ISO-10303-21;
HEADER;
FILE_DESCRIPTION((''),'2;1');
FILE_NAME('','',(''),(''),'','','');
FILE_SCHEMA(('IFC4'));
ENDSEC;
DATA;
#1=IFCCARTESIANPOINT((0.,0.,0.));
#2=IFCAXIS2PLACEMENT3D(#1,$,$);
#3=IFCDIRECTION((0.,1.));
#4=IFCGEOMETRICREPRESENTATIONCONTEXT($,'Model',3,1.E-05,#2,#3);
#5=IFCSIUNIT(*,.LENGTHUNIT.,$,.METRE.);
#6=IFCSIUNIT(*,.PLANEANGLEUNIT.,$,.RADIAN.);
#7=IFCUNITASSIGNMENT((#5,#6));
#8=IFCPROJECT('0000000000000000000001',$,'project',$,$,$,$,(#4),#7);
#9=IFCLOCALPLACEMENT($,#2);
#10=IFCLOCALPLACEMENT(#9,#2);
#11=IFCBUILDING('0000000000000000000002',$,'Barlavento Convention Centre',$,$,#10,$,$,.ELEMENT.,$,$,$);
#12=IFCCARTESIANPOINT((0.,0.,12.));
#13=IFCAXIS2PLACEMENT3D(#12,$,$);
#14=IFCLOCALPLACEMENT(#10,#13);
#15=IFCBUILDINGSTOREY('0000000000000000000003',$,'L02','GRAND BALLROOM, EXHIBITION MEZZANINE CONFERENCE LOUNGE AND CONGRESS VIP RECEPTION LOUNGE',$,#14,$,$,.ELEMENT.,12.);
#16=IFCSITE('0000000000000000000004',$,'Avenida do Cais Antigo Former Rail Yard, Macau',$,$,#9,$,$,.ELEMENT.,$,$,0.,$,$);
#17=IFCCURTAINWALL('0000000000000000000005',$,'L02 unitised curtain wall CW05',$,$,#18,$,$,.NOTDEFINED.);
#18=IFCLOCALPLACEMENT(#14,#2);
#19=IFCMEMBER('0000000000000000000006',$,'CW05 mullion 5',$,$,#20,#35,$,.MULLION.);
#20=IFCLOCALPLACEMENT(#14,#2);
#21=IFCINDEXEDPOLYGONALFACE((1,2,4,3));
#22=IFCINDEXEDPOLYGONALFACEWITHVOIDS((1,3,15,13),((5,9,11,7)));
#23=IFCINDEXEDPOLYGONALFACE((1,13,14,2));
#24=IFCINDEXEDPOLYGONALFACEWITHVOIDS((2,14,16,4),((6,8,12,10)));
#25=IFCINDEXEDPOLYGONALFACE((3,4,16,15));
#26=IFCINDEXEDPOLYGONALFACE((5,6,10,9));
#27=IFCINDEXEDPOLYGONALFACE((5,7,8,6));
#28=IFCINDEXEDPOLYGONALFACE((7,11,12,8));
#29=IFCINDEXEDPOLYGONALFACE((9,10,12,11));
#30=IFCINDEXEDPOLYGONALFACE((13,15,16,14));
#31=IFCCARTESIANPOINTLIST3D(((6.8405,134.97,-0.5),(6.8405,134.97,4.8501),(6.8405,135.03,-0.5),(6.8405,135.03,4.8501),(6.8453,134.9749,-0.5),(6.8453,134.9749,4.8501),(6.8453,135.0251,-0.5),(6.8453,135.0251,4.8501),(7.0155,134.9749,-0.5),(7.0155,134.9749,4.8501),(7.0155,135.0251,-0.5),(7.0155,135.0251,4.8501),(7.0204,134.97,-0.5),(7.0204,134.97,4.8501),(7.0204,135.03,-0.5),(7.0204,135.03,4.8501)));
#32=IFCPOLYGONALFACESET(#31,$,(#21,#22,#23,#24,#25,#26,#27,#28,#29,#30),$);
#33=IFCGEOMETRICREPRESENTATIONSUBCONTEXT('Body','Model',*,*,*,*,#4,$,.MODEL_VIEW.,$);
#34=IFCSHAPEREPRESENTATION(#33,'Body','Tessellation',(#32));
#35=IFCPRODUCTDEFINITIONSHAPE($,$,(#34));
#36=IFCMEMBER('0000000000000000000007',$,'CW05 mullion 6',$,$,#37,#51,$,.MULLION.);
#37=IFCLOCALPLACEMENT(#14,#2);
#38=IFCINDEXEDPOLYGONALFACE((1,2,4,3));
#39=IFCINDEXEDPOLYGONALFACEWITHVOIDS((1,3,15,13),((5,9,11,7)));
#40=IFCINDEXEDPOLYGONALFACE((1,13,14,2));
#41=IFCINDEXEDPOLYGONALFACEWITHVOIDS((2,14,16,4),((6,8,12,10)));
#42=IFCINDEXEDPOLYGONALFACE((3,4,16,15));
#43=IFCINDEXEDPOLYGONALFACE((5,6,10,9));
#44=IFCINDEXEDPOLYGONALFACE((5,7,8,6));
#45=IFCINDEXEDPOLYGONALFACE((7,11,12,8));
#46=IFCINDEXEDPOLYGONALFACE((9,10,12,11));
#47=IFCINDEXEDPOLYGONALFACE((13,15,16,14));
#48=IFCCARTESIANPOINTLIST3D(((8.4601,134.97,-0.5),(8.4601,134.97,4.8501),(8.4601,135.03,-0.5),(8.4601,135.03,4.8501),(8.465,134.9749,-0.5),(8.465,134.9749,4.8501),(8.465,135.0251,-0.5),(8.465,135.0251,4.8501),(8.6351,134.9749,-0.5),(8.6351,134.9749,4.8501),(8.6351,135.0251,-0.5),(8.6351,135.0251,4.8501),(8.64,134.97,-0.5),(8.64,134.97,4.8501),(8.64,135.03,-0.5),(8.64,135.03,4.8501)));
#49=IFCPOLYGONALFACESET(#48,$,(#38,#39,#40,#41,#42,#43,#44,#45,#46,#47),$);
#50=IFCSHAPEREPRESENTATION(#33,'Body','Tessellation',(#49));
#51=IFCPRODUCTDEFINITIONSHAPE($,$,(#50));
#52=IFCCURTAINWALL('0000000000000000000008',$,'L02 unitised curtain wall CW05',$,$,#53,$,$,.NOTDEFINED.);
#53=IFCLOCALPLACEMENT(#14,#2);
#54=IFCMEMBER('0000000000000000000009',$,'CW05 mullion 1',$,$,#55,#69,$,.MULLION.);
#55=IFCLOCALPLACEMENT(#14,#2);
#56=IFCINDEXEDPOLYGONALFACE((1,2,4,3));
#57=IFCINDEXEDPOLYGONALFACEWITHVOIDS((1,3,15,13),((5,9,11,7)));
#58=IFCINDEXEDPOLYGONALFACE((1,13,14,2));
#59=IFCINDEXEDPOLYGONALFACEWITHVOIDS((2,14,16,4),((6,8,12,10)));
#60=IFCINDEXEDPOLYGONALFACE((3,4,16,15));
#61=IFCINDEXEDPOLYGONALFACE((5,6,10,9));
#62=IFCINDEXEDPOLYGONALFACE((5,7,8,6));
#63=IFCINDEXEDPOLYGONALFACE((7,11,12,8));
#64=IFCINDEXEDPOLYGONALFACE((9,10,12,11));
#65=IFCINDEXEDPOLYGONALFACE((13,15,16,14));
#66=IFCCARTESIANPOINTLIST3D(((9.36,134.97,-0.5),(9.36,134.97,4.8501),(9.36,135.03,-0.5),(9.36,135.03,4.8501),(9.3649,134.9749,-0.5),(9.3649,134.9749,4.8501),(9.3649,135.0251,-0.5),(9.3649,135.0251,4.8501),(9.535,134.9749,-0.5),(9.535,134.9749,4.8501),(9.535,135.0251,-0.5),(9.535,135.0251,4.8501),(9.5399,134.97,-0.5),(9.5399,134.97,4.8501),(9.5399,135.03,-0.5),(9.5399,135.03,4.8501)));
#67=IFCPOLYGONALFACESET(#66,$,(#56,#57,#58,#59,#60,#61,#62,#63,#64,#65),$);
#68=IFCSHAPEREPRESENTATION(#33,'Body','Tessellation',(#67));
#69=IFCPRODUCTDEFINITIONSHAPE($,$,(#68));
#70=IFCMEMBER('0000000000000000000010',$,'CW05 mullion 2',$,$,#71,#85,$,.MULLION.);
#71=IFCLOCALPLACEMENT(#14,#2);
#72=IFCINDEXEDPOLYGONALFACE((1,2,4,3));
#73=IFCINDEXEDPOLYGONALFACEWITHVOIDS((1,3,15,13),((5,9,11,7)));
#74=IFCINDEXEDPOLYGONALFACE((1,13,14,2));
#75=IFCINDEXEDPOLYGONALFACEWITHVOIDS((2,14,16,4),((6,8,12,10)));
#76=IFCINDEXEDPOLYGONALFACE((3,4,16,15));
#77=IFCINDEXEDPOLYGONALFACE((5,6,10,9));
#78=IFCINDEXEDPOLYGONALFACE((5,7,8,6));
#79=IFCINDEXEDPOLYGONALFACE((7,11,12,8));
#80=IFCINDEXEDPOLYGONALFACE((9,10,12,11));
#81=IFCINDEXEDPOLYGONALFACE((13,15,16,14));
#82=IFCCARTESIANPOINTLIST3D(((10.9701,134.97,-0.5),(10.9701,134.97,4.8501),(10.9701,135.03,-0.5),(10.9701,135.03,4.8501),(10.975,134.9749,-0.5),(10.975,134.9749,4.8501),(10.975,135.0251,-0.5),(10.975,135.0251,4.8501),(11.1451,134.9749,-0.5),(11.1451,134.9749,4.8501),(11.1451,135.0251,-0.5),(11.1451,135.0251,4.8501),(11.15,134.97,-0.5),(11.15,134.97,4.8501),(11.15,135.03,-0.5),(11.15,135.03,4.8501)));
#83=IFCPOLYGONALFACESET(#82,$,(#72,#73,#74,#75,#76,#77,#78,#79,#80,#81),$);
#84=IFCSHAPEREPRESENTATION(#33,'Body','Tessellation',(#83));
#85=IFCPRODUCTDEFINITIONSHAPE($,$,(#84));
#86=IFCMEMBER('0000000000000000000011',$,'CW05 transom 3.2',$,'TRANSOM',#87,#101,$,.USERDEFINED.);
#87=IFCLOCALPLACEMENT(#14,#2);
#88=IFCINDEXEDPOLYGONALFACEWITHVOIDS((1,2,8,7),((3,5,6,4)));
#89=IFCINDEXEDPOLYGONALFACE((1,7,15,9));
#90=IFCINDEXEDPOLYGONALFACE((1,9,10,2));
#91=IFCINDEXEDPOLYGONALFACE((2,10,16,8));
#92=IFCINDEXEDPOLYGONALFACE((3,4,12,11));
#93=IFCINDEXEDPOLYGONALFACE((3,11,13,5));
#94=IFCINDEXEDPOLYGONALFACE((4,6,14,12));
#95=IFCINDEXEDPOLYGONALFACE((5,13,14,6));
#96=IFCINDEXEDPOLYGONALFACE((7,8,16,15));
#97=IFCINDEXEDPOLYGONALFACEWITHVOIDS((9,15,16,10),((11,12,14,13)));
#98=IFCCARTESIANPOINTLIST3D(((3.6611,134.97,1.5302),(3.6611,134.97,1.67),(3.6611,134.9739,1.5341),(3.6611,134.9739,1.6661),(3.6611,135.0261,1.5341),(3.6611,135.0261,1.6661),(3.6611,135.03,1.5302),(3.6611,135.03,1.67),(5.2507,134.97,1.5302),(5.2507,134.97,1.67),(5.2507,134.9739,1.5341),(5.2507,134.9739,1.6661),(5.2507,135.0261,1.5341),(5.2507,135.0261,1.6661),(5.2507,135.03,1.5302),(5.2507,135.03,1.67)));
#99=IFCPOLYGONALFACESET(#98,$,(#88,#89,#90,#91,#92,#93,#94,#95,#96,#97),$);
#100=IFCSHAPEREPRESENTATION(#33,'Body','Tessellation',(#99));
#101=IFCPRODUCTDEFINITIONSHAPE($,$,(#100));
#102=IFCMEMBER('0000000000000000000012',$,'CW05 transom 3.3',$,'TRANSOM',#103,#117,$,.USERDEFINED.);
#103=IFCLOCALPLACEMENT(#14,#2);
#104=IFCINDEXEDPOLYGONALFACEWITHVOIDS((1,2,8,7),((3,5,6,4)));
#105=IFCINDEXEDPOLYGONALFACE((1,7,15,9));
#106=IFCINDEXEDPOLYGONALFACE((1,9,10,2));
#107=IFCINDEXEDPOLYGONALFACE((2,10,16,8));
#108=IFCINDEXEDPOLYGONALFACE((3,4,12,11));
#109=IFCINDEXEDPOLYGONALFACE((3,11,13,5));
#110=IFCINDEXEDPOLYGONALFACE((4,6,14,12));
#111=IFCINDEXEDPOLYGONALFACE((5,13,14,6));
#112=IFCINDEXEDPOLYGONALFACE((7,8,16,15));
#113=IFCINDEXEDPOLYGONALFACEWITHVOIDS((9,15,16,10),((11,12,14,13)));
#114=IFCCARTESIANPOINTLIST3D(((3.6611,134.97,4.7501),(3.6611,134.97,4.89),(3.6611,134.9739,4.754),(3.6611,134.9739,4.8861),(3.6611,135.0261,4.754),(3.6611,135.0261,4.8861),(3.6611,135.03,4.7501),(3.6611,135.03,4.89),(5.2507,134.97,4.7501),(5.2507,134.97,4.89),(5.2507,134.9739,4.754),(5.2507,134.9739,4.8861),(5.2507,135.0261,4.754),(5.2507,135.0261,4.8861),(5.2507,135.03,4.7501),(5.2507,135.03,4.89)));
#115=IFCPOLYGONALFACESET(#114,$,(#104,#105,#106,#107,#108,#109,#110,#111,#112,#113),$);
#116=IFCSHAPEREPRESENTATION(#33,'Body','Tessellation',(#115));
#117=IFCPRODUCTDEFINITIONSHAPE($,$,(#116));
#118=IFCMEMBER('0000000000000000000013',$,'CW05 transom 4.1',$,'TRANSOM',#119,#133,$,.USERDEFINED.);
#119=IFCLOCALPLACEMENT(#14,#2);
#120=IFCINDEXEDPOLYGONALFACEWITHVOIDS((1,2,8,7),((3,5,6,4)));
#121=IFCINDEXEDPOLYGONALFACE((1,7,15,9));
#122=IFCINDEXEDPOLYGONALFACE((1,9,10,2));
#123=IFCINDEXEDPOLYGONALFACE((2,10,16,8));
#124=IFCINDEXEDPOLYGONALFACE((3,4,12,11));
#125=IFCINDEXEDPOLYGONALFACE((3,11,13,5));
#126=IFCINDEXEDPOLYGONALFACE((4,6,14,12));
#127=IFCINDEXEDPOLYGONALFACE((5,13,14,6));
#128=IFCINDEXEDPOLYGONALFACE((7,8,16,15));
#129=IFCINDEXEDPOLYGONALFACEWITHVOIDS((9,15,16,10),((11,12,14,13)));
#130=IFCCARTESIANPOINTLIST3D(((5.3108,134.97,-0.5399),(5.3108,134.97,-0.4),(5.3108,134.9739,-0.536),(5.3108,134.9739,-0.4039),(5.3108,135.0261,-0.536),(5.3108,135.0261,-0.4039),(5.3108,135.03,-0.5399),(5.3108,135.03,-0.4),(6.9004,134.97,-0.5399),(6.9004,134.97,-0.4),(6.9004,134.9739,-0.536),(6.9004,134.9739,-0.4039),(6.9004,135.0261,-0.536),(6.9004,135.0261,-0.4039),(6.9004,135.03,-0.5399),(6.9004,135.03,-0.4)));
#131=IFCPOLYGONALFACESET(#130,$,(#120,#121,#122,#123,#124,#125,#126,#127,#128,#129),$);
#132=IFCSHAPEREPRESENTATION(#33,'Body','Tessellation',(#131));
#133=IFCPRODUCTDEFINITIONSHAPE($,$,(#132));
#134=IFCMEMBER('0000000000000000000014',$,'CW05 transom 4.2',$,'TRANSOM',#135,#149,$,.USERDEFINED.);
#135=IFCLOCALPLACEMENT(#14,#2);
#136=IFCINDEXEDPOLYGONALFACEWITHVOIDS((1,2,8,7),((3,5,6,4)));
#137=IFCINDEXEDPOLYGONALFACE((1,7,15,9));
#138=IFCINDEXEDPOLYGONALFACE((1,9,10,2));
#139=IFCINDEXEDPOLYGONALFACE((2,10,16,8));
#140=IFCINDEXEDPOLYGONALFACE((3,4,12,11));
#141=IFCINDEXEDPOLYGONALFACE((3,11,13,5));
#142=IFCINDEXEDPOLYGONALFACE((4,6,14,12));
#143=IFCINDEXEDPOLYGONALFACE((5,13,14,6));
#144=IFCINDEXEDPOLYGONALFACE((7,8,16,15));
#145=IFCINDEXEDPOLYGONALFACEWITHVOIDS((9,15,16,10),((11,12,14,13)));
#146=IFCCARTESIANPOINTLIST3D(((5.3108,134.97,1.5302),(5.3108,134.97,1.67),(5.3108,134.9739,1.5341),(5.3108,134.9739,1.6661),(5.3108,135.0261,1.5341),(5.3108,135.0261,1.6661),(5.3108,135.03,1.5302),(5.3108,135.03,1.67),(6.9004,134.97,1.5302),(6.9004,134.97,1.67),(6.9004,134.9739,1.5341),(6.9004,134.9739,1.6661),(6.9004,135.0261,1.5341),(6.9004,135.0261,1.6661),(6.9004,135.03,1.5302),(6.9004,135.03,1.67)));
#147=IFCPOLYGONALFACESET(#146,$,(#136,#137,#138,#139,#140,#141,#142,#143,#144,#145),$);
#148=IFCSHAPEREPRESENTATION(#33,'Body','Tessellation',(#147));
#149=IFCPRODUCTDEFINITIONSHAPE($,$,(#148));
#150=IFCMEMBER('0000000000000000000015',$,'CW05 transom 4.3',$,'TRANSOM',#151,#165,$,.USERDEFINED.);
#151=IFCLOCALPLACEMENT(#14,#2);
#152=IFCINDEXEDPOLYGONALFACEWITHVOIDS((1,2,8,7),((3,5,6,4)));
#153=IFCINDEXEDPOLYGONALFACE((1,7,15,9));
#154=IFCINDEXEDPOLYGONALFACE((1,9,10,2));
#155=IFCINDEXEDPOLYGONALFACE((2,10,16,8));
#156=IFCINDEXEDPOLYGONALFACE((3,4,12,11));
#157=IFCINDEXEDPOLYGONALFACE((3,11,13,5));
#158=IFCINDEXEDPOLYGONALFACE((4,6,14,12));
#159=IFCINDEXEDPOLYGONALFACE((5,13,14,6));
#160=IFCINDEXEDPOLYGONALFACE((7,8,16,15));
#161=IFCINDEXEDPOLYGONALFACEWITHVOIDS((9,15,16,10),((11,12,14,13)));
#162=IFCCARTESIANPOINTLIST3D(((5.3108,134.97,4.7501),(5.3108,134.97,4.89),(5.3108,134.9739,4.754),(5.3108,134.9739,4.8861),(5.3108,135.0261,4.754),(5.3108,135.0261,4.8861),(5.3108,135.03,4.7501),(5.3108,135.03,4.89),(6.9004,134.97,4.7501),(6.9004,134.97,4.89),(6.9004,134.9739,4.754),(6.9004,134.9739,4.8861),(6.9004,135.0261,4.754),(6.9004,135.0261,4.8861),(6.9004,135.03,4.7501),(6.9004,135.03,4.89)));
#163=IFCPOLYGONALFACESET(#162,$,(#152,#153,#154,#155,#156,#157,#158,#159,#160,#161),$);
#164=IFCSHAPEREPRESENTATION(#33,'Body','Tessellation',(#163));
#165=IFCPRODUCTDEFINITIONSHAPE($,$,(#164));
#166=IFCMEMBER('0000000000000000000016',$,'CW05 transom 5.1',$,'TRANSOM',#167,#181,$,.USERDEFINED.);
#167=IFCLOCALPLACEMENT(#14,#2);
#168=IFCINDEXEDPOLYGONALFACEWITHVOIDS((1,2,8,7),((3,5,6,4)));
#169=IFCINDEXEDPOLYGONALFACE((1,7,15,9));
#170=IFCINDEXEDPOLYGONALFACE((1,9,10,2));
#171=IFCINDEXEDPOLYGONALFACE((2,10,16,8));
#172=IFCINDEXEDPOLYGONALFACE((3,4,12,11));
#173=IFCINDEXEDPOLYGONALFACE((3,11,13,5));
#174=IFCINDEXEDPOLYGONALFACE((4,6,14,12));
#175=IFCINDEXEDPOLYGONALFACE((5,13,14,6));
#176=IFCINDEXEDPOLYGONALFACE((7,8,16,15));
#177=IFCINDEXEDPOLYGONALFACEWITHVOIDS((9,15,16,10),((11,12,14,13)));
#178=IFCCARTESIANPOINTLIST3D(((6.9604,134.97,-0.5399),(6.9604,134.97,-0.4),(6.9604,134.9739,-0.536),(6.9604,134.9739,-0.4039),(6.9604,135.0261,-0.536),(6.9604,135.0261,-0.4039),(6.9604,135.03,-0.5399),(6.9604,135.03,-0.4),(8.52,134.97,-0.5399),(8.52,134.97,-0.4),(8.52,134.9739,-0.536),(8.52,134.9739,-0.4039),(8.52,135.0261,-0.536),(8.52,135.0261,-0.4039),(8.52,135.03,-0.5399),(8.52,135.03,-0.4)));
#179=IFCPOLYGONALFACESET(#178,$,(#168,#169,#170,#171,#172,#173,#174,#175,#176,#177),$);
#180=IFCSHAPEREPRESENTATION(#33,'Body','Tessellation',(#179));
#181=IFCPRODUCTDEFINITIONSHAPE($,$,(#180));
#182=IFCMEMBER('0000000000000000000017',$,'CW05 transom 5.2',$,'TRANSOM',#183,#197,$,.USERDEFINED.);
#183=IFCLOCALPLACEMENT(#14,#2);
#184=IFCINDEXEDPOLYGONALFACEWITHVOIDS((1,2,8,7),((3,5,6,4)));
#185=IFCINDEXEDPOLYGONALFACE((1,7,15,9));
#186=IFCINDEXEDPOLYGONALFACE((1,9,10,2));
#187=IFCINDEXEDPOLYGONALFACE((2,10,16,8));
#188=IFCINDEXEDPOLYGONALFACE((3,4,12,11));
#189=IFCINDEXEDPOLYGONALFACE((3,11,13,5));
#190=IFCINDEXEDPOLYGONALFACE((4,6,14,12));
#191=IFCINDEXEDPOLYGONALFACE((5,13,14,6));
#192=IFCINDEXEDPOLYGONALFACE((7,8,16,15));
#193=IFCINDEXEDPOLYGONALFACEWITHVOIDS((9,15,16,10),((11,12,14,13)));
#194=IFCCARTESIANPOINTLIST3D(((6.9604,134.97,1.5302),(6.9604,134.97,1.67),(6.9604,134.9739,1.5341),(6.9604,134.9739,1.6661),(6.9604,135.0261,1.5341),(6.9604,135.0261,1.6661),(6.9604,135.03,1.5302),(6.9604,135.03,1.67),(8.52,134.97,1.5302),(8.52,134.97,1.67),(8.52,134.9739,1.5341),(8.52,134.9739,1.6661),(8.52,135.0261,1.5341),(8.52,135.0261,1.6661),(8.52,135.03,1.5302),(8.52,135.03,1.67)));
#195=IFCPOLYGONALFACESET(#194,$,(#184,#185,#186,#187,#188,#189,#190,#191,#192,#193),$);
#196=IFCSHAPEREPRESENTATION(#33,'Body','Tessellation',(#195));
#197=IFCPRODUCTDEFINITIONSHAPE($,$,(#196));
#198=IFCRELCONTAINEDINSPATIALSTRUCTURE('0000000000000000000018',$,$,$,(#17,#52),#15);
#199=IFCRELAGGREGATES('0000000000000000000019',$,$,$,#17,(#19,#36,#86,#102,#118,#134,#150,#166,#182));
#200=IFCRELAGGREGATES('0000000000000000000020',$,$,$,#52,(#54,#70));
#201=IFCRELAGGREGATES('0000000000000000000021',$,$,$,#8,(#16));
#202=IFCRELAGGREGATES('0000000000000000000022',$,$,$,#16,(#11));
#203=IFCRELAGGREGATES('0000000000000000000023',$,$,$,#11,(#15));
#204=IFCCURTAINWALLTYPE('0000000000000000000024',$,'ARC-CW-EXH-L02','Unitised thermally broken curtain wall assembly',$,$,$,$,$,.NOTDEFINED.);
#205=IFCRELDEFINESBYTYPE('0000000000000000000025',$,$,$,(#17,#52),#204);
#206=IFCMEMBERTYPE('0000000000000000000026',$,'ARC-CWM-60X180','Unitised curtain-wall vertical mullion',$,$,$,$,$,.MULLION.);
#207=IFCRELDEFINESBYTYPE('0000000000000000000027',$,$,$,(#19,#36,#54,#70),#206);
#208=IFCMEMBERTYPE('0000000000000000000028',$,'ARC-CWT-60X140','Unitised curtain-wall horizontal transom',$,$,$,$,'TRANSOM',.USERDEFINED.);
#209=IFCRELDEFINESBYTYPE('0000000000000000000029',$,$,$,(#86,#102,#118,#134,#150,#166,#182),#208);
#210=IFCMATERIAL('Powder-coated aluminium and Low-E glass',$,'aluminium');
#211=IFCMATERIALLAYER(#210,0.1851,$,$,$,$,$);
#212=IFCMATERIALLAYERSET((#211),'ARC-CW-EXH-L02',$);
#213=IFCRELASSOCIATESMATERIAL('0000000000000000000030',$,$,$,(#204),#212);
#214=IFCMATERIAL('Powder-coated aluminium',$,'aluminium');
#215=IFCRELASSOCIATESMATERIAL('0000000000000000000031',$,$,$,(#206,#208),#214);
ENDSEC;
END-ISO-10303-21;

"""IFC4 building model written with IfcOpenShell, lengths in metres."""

from ifc_helpers import new_model, si_unit, direction, frame, origin, origin_2d, place, context, subcontext, project, spatial, hollow_rectangle, extrude, material, layer, layer_set, material_profile, profile_set, type_object, element, aggregate, save


model = new_model("IFC4")

# Units and contexts
model_context = context("Model", 3, precision=1e-05, world=origin(), true_north=direction((0.0, 1.0)))
body_context = subcontext(model_context, "Body", "Model", "MODEL_VIEW")
ifc_project = project(units=[si_unit("LENGTHUNIT", "METRE"), si_unit("PLANEANGLEUNIT", "RADIAN")], contexts=[model_context])

# Site, building, storey
site_placement = place(None, origin())
site = spatial("IfcSite", under=ifc_project, at=site_placement, Name="Avenida do Cais Antigo Former Rail Yard, Macau", CompositionType="ELEMENT", RefElevation=0.0)
building_placement = place(site_placement, origin())
building = spatial("IfcBuilding", under=site, at=building_placement, Name="Barlavento Convention Centre", CompositionType="ELEMENT")
storey_placement = place(building_placement, frame((0.0, 0.0, 12.0)))
storey = spatial("IfcBuildingStorey", under=building, at=storey_placement, Name="L02", Description="GRAND BALLROOM, EXHIBITION MEZZANINE CONFERENCE LOUNGE AND CONGRESS VIP RECEPTION LOUNGE", CompositionType="ELEMENT", Elevation=12.0)

# Curtain walls, members
ifc_material_1 = material(Name="Powder-coated aluminium and Low-E glass", Category="aluminium")
ifc_layer_1 = layer(ifc_material_1, 0.1851)
ifc_layer_set_1 = layer_set([ifc_layer_1], Name="ARC-CW-EXH-L02")
curtain_wall_type = type_object("IfcCurtainWallType", Name="ARC-CW-EXH-L02", Description="Unitised thermally broken curtain wall assembly", PredefinedType="NOTDEFINED", material=ifc_layer_set_1)
curtain_wall_1_placement = place(storey_placement, origin())
curtain_wall_1 = element("IfcCurtainWall", 1, at=curtain_wall_1_placement, inside=storey, type_object=curtain_wall_type, Name="L02 unitised curtain wall CW05", PredefinedType="NOTDEFINED")
ifc_material_2 = material(Name="Powder-coated aluminium", Category="aluminium")
ifc_material_profile_1 = material_profile(ifc_material_2, hollow_rectangle(XDim=0.0601, YDim=0.1799, WallThickness=0.0049, at=origin_2d()), Name="AL-MULL 60x180x5")
ifc_profile_set_1 = profile_set([ifc_material_profile_1], Name="Powder-coated aluminium")
member_type_1 = type_object("IfcMemberType", Name="ARC-CWM-60X180", Description="Unitised curtain-wall vertical mullion", PredefinedType="MULLION", material=ifc_profile_set_1)
member_1_placement = place(storey_placement, frame((6.9304, 135.0, -0.5), z_axis=(0.0, 0.0, 1.0), x_axis=(0.0, 1.0, 0.0)))
member_1 = element("IfcMember", 2, at=member_1_placement, type_object=member_type_1, Name="CW05 mullion 5", PredefinedType="MULLION", context=body_context, shape_type="SweptSolid", body=[
    extrude(hollow_rectangle(XDim=0.0601, YDim=0.1799, WallThickness=0.0049, at=origin_2d()), origin(), (0.0, 0.0, 1.0), 5.3501),
])
member_2_placement = place(storey_placement, frame((8.55, 135.0, -0.5), z_axis=(0.0, 0.0, 1.0), x_axis=(0.0, 1.0, 0.0)))
member_2 = element("IfcMember", 3, at=member_2_placement, type_object=member_type_1, Name="CW05 mullion 6", PredefinedType="MULLION", context=body_context, shape_type="SweptSolid", body=[
    extrude(hollow_rectangle(XDim=0.0601, YDim=0.1799, WallThickness=0.0049, at=origin_2d()), origin(), (0.0, 0.0, 1.0), 5.3501),
])
curtain_wall_2_placement = place(storey_placement, origin())
curtain_wall_2 = element("IfcCurtainWall", 4, at=curtain_wall_2_placement, inside=storey, type_object=curtain_wall_type, Name="L02 unitised curtain wall CW05", PredefinedType="NOTDEFINED")
member_3_placement = place(storey_placement, frame((9.45, 135.0, -0.5), z_axis=(0.0, 0.0, 1.0), x_axis=(0.0, 1.0, 0.0)))
member_3 = element("IfcMember", 5, at=member_3_placement, type_object=member_type_1, Name="CW05 mullion 1", PredefinedType="MULLION", context=body_context, shape_type="SweptSolid", body=[
    extrude(hollow_rectangle(XDim=0.0601, YDim=0.1799, WallThickness=0.0049, at=origin_2d()), origin(), (0.0, 0.0, 1.0), 5.3501),
])
member_4_placement = place(storey_placement, frame((11.0601, 135.0, -0.5), z_axis=(0.0, 0.0, 1.0), x_axis=(0.0, 1.0, 0.0)))
member_4 = element("IfcMember", 6, at=member_4_placement, type_object=member_type_1, Name="CW05 mullion 2", PredefinedType="MULLION", context=body_context, shape_type="SweptSolid", body=[
    extrude(hollow_rectangle(XDim=0.0601, YDim=0.1799, WallThickness=0.0049, at=origin_2d()), origin(), (0.0, 0.0, 1.0), 5.3501),
])

# Members
ifc_material_profile_2 = material_profile(ifc_material_2, hollow_rectangle(XDim=0.0601, YDim=0.1399, WallThickness=0.0039, at=origin_2d()), Name="AL-TRAN 60x140x4")
ifc_profile_set_2 = profile_set([ifc_material_profile_2], Name="Powder-coated aluminium")
member_type_2 = type_object("IfcMemberType", Name="ARC-CWT-60X140", Description="Unitised curtain-wall horizontal transom", ElementType="TRANSOM", PredefinedType="USERDEFINED", material=ifc_profile_set_2)
member_5_placement = place(storey_placement, frame((3.6611, 135.0, 1.6001), z_axis=(1.0, 0.0, 0.0), x_axis=(0.0, 1.0, 0.0)))
member_5 = element("IfcMember", 7, at=member_5_placement, type_object=member_type_2, Name="CW05 transom 3.2", ObjectType="TRANSOM", PredefinedType="USERDEFINED", context=body_context, shape_type="SweptSolid", body=[
    extrude(hollow_rectangle(XDim=0.0601, YDim=0.1399, WallThickness=0.0039, at=origin_2d()), origin(), (0.0, 0.0, 1.0), 1.5896),
])
member_6_placement = place(storey_placement, frame((3.6611, 135.0, 4.8201), z_axis=(1.0, 0.0, 0.0), x_axis=(0.0, 1.0, 0.0)))
member_6 = element("IfcMember", 8, at=member_6_placement, type_object=member_type_2, Name="CW05 transom 3.3", ObjectType="TRANSOM", PredefinedType="USERDEFINED", context=body_context, shape_type="SweptSolid", body=[
    extrude(hollow_rectangle(XDim=0.0601, YDim=0.1399, WallThickness=0.0039, at=origin_2d()), origin(), (0.0, 0.0, 1.0), 1.5896),
])
member_7_placement = place(storey_placement, frame((5.3108, 135.0, -0.47), z_axis=(1.0, 0.0, 0.0), x_axis=(0.0, 1.0, 0.0)))
member_7 = element("IfcMember", 9, at=member_7_placement, type_object=member_type_2, Name="CW05 transom 4.1", ObjectType="TRANSOM", PredefinedType="USERDEFINED", context=body_context, shape_type="SweptSolid", body=[
    extrude(hollow_rectangle(XDim=0.0601, YDim=0.1399, WallThickness=0.0039, at=origin_2d()), origin(), (0.0, 0.0, 1.0), 1.5896),
])
member_8_placement = place(storey_placement, frame((5.3108, 135.0, 1.6001), z_axis=(1.0, 0.0, 0.0), x_axis=(0.0, 1.0, 0.0)))
member_8 = element("IfcMember", 10, at=member_8_placement, type_object=member_type_2, Name="CW05 transom 4.2", ObjectType="TRANSOM", PredefinedType="USERDEFINED", context=body_context, shape_type="SweptSolid", body=[
    extrude(hollow_rectangle(XDim=0.0601, YDim=0.1399, WallThickness=0.0039, at=origin_2d()), origin(), (0.0, 0.0, 1.0), 1.5896),
])
member_9_placement = place(storey_placement, frame((5.3108, 135.0, 4.8201), z_axis=(1.0, 0.0, 0.0), x_axis=(0.0, 1.0, 0.0)))
member_9 = element("IfcMember", 11, at=member_9_placement, type_object=member_type_2, Name="CW05 transom 4.3", ObjectType="TRANSOM", PredefinedType="USERDEFINED", context=body_context, shape_type="SweptSolid", body=[
    extrude(hollow_rectangle(XDim=0.0601, YDim=0.1399, WallThickness=0.0039, at=origin_2d()), origin(), (0.0, 0.0, 1.0), 1.5896),
])
member_10_placement = place(storey_placement, frame((6.9604, 135.0, -0.47), z_axis=(1.0, 0.0, 0.0), x_axis=(0.0, 1.0, 0.0)))
member_10 = element("IfcMember", 12, at=member_10_placement, type_object=member_type_2, Name="CW05 transom 5.1", ObjectType="TRANSOM", PredefinedType="USERDEFINED", context=body_context, shape_type="SweptSolid", body=[
    extrude(hollow_rectangle(XDim=0.0601, YDim=0.1399, WallThickness=0.0039, at=origin_2d()), origin(), (0.0, 0.0, 1.0), 1.5596),
])
member_11_placement = place(storey_placement, frame((6.9604, 135.0, 1.6001), z_axis=(1.0, 0.0, 0.0), x_axis=(0.0, 1.0, 0.0)))
member_11 = element("IfcMember", 13, at=member_11_placement, type_object=member_type_2, Name="CW05 transom 5.2", ObjectType="TRANSOM", PredefinedType="USERDEFINED", context=body_context, shape_type="SweptSolid", body=[
    extrude(hollow_rectangle(XDim=0.0601, YDim=0.1399, WallThickness=0.0039, at=origin_2d()), origin(), (0.0, 0.0, 1.0), 1.5596),
])

aggregate(curtain_wall_1, [member_1, member_2, member_5, member_6, member_7, member_8, member_9, member_10, member_11])
aggregate(curtain_wall_2, [member_3, member_4])

save(model, "model.ifc")
